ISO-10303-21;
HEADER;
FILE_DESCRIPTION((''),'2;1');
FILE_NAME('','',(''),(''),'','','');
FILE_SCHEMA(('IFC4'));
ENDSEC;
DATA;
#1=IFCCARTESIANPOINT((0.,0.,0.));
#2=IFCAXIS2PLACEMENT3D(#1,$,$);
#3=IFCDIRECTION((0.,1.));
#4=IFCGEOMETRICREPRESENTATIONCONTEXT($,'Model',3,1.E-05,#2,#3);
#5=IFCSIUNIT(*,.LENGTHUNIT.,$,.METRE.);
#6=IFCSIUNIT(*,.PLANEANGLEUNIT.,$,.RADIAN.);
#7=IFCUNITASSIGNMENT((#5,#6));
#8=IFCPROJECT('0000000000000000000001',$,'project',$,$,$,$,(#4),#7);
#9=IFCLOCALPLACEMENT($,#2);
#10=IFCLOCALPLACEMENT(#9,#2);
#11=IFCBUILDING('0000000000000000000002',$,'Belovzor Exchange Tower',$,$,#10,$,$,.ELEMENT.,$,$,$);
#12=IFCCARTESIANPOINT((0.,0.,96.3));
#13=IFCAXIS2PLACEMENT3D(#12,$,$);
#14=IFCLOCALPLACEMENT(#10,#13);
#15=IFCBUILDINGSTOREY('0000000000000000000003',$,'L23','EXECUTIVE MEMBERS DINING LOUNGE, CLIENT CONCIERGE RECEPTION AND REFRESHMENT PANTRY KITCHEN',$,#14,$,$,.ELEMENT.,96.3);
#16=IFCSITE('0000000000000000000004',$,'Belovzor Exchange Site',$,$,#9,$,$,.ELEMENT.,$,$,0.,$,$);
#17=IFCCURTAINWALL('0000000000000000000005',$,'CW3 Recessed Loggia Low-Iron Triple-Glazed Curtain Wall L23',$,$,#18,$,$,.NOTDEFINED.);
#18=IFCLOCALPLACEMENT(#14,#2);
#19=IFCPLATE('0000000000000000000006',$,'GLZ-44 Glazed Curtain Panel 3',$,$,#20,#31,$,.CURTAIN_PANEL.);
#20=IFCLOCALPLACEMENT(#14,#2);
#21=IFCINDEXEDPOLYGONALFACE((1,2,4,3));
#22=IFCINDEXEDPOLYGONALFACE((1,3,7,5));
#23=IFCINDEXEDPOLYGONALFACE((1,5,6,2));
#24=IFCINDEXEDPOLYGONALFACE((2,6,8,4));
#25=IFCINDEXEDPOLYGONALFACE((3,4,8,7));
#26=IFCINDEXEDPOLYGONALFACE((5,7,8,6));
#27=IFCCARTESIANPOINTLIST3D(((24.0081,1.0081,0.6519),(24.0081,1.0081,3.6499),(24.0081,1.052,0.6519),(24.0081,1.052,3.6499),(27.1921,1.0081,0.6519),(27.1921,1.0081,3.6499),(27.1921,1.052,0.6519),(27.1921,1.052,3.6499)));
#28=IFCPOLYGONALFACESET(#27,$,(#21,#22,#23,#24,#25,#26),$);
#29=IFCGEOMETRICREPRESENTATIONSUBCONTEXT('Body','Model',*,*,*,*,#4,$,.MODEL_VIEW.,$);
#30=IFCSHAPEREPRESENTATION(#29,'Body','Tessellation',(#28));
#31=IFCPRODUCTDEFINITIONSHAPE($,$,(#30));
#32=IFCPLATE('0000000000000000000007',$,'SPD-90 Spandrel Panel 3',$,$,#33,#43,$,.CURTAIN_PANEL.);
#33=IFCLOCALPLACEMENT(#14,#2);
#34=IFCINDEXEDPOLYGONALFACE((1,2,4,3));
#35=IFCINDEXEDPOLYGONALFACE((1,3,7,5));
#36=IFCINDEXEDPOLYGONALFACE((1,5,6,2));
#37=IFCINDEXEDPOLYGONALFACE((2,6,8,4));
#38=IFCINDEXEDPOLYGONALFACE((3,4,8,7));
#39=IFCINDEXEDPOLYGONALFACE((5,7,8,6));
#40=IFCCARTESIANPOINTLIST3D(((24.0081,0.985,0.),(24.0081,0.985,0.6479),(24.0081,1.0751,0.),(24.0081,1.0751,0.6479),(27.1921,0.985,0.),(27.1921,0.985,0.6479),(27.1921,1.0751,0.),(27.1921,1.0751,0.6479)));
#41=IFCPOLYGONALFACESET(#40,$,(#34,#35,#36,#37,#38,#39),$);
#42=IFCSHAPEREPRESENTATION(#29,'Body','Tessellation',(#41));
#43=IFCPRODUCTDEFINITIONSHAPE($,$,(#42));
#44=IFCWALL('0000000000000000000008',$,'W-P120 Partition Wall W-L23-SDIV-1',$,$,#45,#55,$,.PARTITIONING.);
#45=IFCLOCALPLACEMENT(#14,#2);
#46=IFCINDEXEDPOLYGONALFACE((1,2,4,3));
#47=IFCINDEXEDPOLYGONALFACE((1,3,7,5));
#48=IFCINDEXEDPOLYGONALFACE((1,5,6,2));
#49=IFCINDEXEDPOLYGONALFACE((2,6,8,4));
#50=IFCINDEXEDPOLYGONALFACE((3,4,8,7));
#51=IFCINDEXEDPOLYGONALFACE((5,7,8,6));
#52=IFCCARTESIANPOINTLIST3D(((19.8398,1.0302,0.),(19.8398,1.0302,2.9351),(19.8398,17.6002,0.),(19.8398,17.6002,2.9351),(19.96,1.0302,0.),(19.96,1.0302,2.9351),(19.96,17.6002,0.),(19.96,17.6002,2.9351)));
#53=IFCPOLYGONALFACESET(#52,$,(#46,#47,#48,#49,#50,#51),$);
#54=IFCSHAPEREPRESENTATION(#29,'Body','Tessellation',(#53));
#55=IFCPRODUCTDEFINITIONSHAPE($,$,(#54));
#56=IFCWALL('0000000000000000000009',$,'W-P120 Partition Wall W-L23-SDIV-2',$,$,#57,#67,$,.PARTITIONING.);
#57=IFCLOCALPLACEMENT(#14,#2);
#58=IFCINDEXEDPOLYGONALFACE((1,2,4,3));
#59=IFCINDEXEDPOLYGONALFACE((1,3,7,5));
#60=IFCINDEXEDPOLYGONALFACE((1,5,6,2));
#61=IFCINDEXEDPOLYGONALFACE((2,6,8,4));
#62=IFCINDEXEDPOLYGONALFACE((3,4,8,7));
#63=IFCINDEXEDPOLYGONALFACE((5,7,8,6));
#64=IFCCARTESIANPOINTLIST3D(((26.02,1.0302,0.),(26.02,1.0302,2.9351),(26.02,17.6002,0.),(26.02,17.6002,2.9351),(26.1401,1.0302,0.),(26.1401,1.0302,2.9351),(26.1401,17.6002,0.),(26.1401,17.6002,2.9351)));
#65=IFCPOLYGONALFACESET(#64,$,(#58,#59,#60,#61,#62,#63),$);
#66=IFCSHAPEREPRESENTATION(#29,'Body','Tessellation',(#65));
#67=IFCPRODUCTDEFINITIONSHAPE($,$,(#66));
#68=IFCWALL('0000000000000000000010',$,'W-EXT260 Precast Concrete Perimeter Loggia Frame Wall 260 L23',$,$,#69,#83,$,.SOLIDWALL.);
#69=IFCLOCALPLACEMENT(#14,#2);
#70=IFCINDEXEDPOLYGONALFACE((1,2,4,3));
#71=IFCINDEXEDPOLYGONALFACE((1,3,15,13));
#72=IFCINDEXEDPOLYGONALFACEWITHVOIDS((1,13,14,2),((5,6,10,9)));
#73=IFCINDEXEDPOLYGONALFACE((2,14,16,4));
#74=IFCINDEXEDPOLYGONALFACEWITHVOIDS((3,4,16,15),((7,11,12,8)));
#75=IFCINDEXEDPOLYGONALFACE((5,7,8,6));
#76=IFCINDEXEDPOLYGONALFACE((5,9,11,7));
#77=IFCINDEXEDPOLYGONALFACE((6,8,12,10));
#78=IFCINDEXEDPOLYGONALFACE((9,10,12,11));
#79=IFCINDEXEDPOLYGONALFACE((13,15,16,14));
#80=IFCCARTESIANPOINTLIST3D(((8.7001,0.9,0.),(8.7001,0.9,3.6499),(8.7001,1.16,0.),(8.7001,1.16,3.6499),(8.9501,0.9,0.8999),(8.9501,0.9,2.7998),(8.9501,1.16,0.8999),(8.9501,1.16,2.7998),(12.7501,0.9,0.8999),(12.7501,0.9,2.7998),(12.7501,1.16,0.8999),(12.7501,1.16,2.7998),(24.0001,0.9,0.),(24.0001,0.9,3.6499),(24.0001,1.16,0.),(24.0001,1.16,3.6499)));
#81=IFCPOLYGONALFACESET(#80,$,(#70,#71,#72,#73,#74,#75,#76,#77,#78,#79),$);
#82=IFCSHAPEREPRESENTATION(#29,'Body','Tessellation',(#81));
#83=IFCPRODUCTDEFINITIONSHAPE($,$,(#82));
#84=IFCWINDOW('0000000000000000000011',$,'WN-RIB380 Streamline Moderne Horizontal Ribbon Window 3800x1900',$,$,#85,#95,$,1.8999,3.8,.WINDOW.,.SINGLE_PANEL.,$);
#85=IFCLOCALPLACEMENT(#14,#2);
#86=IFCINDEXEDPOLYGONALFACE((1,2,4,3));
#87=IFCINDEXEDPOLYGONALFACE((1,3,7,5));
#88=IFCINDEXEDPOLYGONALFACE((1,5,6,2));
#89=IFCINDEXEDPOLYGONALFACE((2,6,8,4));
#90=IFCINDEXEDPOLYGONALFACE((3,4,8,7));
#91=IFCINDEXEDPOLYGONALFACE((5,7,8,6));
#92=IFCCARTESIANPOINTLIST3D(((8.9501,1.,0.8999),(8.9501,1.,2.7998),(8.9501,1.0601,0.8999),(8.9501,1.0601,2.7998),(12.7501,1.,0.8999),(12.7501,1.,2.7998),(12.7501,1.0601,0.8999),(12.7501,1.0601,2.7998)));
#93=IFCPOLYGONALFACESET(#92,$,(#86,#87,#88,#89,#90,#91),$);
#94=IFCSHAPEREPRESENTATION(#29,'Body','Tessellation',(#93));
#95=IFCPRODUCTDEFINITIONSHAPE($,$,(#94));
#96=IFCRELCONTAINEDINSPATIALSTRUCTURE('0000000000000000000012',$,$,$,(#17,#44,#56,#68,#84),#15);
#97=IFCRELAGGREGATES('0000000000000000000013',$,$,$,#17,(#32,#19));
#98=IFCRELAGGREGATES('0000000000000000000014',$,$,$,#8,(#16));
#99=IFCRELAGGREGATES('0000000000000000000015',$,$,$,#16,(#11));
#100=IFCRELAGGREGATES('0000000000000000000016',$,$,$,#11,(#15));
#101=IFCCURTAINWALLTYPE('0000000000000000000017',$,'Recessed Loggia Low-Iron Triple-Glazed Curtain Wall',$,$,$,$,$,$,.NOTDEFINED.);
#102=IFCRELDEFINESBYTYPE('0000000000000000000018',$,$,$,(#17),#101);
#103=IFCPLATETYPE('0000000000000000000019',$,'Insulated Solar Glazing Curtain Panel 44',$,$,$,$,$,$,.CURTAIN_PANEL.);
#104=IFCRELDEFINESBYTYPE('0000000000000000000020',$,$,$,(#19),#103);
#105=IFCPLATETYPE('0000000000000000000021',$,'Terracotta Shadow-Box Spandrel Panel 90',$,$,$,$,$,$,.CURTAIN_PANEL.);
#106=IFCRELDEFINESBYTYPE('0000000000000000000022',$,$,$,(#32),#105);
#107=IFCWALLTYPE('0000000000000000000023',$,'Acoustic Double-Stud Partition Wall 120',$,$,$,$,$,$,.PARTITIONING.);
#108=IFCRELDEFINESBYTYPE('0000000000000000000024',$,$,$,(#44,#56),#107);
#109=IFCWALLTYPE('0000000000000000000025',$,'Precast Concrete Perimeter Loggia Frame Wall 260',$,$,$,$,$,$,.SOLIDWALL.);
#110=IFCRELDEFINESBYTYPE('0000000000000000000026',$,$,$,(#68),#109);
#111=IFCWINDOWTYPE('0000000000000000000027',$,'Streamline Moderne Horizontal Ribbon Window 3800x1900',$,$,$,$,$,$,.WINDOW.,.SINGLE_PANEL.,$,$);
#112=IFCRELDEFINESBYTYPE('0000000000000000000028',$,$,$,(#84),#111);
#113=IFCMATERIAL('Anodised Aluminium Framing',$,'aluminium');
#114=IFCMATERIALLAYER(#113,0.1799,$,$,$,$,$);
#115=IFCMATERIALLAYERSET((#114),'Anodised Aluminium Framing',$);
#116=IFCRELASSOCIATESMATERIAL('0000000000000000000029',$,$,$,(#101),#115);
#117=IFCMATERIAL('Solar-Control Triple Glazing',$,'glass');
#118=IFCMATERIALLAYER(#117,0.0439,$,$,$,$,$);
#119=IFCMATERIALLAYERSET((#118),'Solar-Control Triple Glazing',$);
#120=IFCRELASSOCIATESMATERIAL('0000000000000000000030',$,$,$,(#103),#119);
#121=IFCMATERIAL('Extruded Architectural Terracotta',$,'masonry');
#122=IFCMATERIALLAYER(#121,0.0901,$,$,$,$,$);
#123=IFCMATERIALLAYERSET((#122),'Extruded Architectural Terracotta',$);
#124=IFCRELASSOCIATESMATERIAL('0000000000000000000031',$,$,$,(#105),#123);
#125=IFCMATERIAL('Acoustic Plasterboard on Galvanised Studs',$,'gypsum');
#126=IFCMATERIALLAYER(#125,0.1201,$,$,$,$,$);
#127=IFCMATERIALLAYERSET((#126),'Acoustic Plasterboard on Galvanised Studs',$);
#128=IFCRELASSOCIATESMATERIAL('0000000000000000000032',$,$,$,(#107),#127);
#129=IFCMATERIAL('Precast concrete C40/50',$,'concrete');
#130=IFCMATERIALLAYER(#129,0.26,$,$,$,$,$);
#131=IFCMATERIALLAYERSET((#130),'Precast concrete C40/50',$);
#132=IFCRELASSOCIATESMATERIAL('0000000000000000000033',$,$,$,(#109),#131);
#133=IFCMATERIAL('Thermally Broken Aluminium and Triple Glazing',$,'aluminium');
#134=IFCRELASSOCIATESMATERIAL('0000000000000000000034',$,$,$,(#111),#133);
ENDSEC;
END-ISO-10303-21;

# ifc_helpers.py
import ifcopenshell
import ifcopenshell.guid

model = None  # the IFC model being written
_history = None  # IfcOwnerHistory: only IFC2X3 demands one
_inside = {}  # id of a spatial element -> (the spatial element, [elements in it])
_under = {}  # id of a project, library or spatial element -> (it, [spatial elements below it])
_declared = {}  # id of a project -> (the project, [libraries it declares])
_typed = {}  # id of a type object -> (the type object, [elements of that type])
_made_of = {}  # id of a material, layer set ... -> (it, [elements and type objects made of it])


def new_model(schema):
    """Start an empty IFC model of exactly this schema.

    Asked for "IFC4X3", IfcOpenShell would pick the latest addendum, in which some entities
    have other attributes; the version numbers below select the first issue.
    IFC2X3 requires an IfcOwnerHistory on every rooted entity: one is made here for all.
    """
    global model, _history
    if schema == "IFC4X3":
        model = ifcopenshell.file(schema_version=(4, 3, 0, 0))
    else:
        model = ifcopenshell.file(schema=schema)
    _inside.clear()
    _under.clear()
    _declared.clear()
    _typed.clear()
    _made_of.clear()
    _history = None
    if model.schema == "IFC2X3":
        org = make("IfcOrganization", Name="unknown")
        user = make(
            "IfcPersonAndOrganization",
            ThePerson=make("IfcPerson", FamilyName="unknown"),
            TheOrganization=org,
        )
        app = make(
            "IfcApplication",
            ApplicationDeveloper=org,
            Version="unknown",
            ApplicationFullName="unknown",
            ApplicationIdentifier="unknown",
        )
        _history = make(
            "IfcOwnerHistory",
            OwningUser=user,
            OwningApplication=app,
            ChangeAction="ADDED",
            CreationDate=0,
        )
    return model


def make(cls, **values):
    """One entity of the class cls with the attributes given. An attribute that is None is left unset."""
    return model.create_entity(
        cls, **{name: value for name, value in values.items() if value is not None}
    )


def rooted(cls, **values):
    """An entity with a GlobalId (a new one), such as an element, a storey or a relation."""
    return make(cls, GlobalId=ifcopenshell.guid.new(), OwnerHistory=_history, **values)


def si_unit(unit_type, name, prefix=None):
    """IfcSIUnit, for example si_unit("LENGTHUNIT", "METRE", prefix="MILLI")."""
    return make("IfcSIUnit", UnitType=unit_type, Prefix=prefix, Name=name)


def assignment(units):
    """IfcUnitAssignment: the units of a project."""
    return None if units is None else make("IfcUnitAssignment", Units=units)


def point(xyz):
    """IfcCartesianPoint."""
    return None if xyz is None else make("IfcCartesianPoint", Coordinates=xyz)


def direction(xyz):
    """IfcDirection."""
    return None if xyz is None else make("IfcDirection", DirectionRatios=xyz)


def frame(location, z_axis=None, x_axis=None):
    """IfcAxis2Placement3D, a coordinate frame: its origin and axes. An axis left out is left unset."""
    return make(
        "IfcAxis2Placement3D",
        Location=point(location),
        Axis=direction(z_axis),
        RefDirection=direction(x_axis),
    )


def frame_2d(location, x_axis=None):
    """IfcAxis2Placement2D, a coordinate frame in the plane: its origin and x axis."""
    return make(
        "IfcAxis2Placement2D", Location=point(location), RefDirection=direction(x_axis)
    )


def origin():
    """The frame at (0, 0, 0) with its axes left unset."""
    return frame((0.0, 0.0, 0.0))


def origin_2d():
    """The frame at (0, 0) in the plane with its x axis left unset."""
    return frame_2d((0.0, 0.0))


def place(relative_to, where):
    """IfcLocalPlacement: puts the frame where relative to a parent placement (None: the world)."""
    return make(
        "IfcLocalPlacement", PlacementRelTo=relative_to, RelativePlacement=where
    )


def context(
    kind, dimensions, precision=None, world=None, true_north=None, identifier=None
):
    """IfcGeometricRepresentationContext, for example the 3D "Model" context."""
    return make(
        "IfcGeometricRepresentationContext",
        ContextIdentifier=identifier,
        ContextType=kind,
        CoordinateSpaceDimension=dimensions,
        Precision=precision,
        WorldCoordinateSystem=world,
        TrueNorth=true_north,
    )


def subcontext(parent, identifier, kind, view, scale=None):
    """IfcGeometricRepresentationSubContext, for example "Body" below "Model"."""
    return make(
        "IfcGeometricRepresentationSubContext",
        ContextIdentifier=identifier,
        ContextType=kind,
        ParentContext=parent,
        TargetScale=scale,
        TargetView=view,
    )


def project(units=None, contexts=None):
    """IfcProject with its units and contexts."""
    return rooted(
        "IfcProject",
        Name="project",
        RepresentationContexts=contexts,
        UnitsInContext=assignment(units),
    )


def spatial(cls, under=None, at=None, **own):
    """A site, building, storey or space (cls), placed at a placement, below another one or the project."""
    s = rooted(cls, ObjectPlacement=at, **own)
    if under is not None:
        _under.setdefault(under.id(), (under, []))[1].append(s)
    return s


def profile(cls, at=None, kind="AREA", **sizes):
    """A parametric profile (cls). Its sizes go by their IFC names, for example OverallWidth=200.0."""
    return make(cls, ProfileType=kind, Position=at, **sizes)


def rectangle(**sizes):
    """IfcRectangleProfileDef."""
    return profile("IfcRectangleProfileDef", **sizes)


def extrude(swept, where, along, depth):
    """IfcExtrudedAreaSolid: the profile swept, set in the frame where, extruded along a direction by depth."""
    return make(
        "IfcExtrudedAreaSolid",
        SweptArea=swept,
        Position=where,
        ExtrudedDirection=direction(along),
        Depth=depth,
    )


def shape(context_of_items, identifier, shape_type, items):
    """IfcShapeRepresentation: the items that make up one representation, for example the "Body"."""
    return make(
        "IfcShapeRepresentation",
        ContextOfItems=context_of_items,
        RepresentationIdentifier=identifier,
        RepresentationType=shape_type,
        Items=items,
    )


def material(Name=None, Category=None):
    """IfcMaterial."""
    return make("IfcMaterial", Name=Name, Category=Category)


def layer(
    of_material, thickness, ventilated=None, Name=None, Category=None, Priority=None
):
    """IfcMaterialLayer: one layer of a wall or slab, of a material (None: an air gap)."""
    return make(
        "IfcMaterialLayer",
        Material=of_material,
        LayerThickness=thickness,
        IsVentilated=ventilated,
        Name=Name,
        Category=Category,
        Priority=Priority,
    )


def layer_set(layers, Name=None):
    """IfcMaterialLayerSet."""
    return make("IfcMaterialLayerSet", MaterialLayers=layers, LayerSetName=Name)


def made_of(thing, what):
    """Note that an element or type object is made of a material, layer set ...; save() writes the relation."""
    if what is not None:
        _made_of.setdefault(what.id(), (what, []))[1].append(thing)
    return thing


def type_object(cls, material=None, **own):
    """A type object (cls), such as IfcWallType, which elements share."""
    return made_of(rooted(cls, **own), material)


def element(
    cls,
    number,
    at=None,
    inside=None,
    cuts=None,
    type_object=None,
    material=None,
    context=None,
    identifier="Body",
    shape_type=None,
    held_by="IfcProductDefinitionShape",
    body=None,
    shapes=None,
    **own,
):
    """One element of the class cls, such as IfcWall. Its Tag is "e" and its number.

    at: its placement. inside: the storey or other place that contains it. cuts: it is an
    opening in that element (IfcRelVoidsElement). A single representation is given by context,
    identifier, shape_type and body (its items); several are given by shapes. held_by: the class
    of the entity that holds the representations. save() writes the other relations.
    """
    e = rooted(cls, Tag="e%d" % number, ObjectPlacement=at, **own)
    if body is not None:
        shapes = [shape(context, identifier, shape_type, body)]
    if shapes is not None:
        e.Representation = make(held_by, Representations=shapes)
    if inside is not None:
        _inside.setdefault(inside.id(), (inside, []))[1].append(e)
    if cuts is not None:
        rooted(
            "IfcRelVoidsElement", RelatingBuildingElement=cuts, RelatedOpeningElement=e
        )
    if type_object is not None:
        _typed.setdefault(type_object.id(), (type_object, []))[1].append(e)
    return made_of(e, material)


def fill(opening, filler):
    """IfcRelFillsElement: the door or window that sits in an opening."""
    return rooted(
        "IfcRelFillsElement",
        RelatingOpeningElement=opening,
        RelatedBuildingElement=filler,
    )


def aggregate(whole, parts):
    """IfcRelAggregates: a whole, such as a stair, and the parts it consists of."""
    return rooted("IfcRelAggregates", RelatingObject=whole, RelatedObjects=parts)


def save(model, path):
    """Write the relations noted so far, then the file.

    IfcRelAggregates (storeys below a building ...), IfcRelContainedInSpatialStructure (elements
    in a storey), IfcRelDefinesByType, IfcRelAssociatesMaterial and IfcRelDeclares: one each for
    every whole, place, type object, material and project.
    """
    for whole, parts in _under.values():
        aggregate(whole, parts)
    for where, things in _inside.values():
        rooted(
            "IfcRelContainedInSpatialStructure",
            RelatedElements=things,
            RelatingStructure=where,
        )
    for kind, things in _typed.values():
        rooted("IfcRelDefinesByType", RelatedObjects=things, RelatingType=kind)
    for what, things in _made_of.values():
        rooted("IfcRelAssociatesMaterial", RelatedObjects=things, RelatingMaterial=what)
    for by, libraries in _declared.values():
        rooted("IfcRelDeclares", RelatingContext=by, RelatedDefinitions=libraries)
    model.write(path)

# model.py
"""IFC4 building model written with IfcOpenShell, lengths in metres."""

from ifc_helpers import new_model, si_unit, direction, frame, frame_2d, origin, origin_2d, place, context, subcontext, project, spatial, rectangle, extrude, material, layer, layer_set, type_object, element, fill, aggregate, save


model = new_model("IFC4")

# Units and contexts
model_context = context("Model", 3, precision=1e-05, world=origin(), true_north=direction((0.0, 1.0)))
body_context = subcontext(model_context, "Body", "Model", "MODEL_VIEW")
ifc_project = project(units=[si_unit("LENGTHUNIT", "METRE"), si_unit("PLANEANGLEUNIT", "RADIAN")], contexts=[model_context])

# Site, building, storey
site_placement = place(None, origin())
site = spatial("IfcSite", under=ifc_project, at=site_placement, Name="Belovzor Exchange Site", CompositionType="ELEMENT", RefElevation=0.0)
building_placement = place(site_placement, origin())
building = spatial("IfcBuilding", under=site, at=building_placement, Name="Belovzor Exchange Tower", CompositionType="ELEMENT")
storey_placement = place(building_placement, frame((0.0, 0.0, 96.3)))
storey = spatial("IfcBuildingStorey", under=building, at=storey_placement, Name="L23", Description="EXECUTIVE MEMBERS DINING LOUNGE, CLIENT CONCIERGE RECEPTION AND REFRESHMENT PANTRY KITCHEN", CompositionType="ELEMENT", Elevation=96.3)

# Curtain wall
ifc_material_1 = material(Name="Anodised Aluminium Framing", Category="aluminium")
ifc_layer_1 = layer(ifc_material_1, 0.1799)
ifc_layer_set_1 = layer_set([ifc_layer_1], Name="Anodised Aluminium Framing")
curtain_wall_type = type_object("IfcCurtainWallType", Name="Recessed Loggia Low-Iron Triple-Glazed Curtain Wall", PredefinedType="NOTDEFINED", material=ifc_layer_set_1)
curtain_wall_placement = place(storey_placement, origin())
curtain_wall = element("IfcCurtainWall", 1, at=curtain_wall_placement, inside=storey, type_object=curtain_wall_type, Name="CW3 Recessed Loggia Low-Iron Triple-Glazed Curtain Wall L23", PredefinedType="NOTDEFINED")

# Plates
ifc_material_2 = material(Name="Solar-Control Triple Glazing", Category="glass")
ifc_layer_2 = layer(ifc_material_2, 0.0439)
ifc_layer_set_2 = layer_set([ifc_layer_2], Name="Solar-Control Triple Glazing")
plate_type_1 = type_object("IfcPlateType", Name="Insulated Solar Glazing Curtain Panel 44", PredefinedType="CURTAIN_PANEL", material=ifc_layer_set_2)
plate_1_placement = place(storey_placement, frame((25.6001, 1.03, 0.6519), z_axis=(0.0, 0.0, 1.0), x_axis=(-1.0, 0.0, 0.0)))
plate_1 = element("IfcPlate", 2, at=plate_1_placement, type_object=plate_type_1, Name="GLZ-44 Glazed Curtain Panel 3", PredefinedType="CURTAIN_PANEL", context=body_context, shape_type="SweptSolid", body=[
    extrude(rectangle(XDim=3.1841, YDim=0.0439, at=origin_2d()), origin(), (0.0, 0.0, 1.0), 2.998),
])
ifc_material_3 = material(Name="Extruded Architectural Terracotta", Category="masonry")
ifc_layer_3 = layer(ifc_material_3, 0.0901)
ifc_layer_set_3 = layer_set([ifc_layer_3], Name="Extruded Architectural Terracotta")
plate_type_2 = type_object("IfcPlateType", Name="Terracotta Shadow-Box Spandrel Panel 90", PredefinedType="CURTAIN_PANEL", material=ifc_layer_set_3)
plate_2_placement = place(storey_placement, frame((25.6001, 1.03, 0.0), z_axis=(0.0, 0.0, 1.0), x_axis=(-1.0, 0.0, 0.0)))
plate_2 = element("IfcPlate", 3, at=plate_2_placement, type_object=plate_type_2, Name="SPD-90 Spandrel Panel 3", PredefinedType="CURTAIN_PANEL", context=body_context, shape_type="SweptSolid", body=[
    extrude(rectangle(XDim=3.1841, YDim=0.0901, at=origin_2d()), origin(), (0.0, 0.0, 1.0), 0.6479),
])
aggregate(curtain_wall, [plate_2, plate_1])

# Walls
ifc_material_4 = material(Name="Acoustic Plasterboard on Galvanised Studs", Category="gypsum")
ifc_layer_4 = layer(ifc_material_4, 0.1201)
ifc_layer_set_4 = layer_set([ifc_layer_4], Name="Acoustic Plasterboard on Galvanised Studs")
wall_type_1 = type_object("IfcWallType", Name="Acoustic Double-Stud Partition Wall 120", PredefinedType="PARTITIONING", material=ifc_layer_set_4)
for number, where, z_axis, x_axis, name in (
    (4, (19.8999, 1.03, 0.0), (0.0, 0.0, 1.0), (0.0, 1.0, 0.0), "W-P120 Partition Wall W-L23-SDIV-1"),
    (5, (26.0801, 1.03, 0.0), (0.0, 0.0, 1.0), (0.0, 1.0, 0.0), "W-P120 Partition Wall W-L23-SDIV-2"),
):
    element("IfcWall", number, at=place(storey_placement, frame(where, z_axis=z_axis, x_axis=x_axis)), inside=storey, type_object=wall_type_1, Name=name, PredefinedType="PARTITIONING", context=body_context, shape_type="SweptSolid", body=[
        extrude(rectangle(XDim=16.5701, YDim=0.1201, at=frame_2d((8.2852, 0.0))), origin(), (0.0, 0.0, 1.0), 2.9351),
    ])

# Wall, opening, window
ifc_material_5 = material(Name="Precast concrete C40/50", Category="concrete")
ifc_layer_5 = layer(ifc_material_5, 0.26)
ifc_layer_set_5 = layer_set([ifc_layer_5], Name="Precast concrete C40/50")
wall_type_2 = type_object("IfcWallType", Name="Precast Concrete Perimeter Loggia Frame Wall 260", PredefinedType="SOLIDWALL", material=ifc_layer_set_5)
wall_placement = place(storey_placement, frame((24.0, 1.03, 0.0), z_axis=(0.0, 0.0, 1.0), x_axis=(-1.0, 0.0, 0.0)))
wall = element("IfcWall", 6, at=wall_placement, inside=storey, type_object=wall_type_2, Name="W-EXT260 Precast Concrete Perimeter Loggia Frame Wall 260 L23", PredefinedType="SOLIDWALL", context=body_context, shape_type="SweptSolid", body=[
    extrude(rectangle(XDim=15.3, YDim=0.26, at=frame_2d((7.6499, 0.0))), origin(), (0.0, 0.0, 1.0), 3.6499),
])
opening_placement = place(wall_placement, frame((11.25, 0.0, 0.8999)))
opening = element("IfcOpeningElement", 7, at=opening_placement, cuts=wall, PredefinedType="OPENING", context=body_context, shape_type="SweptSolid", body=[
    extrude(rectangle(XDim=3.8, YDim=1.8999, at=frame_2d((1.8999, 0.95))), frame((0.0, 0.1399, 0.0), z_axis=(0.0, -1.0, 0.0), x_axis=(1.0, 0.0, 0.0)), (0.0, 0.0, 1.0), 0.28),
])
ifc_material_6 = material(Name="Thermally Broken Aluminium and Triple Glazing", Category="aluminium")
window_type = type_object("IfcWindowType", Name="Streamline Moderne Horizontal Ribbon Window 3800x1900", PartitioningType="SINGLE_PANEL", PredefinedType="WINDOW", material=ifc_material_6)
window_placement = place(opening_placement, origin())
window = element("IfcWindow", 8, at=window_placement, inside=storey, type_object=window_type, Name="WN-RIB380 Streamline Moderne Horizontal Ribbon Window 3800x1900", OverallHeight=1.8999, OverallWidth=3.8, PartitioningType="SINGLE_PANEL", PredefinedType="WINDOW", context=body_context, shape_type="SweptSolid", body=[
    extrude(rectangle(XDim=3.8, YDim=1.8999, at=frame_2d((1.8999, 0.95))), frame((0.0, 0.03, 0.0), z_axis=(0.0, -1.0, 0.0), x_axis=(1.0, 0.0, 0.0)), (0.0, 0.0, 1.0), 0.0601),
])
fill(opening, window)

save(model, "model.ifc")
